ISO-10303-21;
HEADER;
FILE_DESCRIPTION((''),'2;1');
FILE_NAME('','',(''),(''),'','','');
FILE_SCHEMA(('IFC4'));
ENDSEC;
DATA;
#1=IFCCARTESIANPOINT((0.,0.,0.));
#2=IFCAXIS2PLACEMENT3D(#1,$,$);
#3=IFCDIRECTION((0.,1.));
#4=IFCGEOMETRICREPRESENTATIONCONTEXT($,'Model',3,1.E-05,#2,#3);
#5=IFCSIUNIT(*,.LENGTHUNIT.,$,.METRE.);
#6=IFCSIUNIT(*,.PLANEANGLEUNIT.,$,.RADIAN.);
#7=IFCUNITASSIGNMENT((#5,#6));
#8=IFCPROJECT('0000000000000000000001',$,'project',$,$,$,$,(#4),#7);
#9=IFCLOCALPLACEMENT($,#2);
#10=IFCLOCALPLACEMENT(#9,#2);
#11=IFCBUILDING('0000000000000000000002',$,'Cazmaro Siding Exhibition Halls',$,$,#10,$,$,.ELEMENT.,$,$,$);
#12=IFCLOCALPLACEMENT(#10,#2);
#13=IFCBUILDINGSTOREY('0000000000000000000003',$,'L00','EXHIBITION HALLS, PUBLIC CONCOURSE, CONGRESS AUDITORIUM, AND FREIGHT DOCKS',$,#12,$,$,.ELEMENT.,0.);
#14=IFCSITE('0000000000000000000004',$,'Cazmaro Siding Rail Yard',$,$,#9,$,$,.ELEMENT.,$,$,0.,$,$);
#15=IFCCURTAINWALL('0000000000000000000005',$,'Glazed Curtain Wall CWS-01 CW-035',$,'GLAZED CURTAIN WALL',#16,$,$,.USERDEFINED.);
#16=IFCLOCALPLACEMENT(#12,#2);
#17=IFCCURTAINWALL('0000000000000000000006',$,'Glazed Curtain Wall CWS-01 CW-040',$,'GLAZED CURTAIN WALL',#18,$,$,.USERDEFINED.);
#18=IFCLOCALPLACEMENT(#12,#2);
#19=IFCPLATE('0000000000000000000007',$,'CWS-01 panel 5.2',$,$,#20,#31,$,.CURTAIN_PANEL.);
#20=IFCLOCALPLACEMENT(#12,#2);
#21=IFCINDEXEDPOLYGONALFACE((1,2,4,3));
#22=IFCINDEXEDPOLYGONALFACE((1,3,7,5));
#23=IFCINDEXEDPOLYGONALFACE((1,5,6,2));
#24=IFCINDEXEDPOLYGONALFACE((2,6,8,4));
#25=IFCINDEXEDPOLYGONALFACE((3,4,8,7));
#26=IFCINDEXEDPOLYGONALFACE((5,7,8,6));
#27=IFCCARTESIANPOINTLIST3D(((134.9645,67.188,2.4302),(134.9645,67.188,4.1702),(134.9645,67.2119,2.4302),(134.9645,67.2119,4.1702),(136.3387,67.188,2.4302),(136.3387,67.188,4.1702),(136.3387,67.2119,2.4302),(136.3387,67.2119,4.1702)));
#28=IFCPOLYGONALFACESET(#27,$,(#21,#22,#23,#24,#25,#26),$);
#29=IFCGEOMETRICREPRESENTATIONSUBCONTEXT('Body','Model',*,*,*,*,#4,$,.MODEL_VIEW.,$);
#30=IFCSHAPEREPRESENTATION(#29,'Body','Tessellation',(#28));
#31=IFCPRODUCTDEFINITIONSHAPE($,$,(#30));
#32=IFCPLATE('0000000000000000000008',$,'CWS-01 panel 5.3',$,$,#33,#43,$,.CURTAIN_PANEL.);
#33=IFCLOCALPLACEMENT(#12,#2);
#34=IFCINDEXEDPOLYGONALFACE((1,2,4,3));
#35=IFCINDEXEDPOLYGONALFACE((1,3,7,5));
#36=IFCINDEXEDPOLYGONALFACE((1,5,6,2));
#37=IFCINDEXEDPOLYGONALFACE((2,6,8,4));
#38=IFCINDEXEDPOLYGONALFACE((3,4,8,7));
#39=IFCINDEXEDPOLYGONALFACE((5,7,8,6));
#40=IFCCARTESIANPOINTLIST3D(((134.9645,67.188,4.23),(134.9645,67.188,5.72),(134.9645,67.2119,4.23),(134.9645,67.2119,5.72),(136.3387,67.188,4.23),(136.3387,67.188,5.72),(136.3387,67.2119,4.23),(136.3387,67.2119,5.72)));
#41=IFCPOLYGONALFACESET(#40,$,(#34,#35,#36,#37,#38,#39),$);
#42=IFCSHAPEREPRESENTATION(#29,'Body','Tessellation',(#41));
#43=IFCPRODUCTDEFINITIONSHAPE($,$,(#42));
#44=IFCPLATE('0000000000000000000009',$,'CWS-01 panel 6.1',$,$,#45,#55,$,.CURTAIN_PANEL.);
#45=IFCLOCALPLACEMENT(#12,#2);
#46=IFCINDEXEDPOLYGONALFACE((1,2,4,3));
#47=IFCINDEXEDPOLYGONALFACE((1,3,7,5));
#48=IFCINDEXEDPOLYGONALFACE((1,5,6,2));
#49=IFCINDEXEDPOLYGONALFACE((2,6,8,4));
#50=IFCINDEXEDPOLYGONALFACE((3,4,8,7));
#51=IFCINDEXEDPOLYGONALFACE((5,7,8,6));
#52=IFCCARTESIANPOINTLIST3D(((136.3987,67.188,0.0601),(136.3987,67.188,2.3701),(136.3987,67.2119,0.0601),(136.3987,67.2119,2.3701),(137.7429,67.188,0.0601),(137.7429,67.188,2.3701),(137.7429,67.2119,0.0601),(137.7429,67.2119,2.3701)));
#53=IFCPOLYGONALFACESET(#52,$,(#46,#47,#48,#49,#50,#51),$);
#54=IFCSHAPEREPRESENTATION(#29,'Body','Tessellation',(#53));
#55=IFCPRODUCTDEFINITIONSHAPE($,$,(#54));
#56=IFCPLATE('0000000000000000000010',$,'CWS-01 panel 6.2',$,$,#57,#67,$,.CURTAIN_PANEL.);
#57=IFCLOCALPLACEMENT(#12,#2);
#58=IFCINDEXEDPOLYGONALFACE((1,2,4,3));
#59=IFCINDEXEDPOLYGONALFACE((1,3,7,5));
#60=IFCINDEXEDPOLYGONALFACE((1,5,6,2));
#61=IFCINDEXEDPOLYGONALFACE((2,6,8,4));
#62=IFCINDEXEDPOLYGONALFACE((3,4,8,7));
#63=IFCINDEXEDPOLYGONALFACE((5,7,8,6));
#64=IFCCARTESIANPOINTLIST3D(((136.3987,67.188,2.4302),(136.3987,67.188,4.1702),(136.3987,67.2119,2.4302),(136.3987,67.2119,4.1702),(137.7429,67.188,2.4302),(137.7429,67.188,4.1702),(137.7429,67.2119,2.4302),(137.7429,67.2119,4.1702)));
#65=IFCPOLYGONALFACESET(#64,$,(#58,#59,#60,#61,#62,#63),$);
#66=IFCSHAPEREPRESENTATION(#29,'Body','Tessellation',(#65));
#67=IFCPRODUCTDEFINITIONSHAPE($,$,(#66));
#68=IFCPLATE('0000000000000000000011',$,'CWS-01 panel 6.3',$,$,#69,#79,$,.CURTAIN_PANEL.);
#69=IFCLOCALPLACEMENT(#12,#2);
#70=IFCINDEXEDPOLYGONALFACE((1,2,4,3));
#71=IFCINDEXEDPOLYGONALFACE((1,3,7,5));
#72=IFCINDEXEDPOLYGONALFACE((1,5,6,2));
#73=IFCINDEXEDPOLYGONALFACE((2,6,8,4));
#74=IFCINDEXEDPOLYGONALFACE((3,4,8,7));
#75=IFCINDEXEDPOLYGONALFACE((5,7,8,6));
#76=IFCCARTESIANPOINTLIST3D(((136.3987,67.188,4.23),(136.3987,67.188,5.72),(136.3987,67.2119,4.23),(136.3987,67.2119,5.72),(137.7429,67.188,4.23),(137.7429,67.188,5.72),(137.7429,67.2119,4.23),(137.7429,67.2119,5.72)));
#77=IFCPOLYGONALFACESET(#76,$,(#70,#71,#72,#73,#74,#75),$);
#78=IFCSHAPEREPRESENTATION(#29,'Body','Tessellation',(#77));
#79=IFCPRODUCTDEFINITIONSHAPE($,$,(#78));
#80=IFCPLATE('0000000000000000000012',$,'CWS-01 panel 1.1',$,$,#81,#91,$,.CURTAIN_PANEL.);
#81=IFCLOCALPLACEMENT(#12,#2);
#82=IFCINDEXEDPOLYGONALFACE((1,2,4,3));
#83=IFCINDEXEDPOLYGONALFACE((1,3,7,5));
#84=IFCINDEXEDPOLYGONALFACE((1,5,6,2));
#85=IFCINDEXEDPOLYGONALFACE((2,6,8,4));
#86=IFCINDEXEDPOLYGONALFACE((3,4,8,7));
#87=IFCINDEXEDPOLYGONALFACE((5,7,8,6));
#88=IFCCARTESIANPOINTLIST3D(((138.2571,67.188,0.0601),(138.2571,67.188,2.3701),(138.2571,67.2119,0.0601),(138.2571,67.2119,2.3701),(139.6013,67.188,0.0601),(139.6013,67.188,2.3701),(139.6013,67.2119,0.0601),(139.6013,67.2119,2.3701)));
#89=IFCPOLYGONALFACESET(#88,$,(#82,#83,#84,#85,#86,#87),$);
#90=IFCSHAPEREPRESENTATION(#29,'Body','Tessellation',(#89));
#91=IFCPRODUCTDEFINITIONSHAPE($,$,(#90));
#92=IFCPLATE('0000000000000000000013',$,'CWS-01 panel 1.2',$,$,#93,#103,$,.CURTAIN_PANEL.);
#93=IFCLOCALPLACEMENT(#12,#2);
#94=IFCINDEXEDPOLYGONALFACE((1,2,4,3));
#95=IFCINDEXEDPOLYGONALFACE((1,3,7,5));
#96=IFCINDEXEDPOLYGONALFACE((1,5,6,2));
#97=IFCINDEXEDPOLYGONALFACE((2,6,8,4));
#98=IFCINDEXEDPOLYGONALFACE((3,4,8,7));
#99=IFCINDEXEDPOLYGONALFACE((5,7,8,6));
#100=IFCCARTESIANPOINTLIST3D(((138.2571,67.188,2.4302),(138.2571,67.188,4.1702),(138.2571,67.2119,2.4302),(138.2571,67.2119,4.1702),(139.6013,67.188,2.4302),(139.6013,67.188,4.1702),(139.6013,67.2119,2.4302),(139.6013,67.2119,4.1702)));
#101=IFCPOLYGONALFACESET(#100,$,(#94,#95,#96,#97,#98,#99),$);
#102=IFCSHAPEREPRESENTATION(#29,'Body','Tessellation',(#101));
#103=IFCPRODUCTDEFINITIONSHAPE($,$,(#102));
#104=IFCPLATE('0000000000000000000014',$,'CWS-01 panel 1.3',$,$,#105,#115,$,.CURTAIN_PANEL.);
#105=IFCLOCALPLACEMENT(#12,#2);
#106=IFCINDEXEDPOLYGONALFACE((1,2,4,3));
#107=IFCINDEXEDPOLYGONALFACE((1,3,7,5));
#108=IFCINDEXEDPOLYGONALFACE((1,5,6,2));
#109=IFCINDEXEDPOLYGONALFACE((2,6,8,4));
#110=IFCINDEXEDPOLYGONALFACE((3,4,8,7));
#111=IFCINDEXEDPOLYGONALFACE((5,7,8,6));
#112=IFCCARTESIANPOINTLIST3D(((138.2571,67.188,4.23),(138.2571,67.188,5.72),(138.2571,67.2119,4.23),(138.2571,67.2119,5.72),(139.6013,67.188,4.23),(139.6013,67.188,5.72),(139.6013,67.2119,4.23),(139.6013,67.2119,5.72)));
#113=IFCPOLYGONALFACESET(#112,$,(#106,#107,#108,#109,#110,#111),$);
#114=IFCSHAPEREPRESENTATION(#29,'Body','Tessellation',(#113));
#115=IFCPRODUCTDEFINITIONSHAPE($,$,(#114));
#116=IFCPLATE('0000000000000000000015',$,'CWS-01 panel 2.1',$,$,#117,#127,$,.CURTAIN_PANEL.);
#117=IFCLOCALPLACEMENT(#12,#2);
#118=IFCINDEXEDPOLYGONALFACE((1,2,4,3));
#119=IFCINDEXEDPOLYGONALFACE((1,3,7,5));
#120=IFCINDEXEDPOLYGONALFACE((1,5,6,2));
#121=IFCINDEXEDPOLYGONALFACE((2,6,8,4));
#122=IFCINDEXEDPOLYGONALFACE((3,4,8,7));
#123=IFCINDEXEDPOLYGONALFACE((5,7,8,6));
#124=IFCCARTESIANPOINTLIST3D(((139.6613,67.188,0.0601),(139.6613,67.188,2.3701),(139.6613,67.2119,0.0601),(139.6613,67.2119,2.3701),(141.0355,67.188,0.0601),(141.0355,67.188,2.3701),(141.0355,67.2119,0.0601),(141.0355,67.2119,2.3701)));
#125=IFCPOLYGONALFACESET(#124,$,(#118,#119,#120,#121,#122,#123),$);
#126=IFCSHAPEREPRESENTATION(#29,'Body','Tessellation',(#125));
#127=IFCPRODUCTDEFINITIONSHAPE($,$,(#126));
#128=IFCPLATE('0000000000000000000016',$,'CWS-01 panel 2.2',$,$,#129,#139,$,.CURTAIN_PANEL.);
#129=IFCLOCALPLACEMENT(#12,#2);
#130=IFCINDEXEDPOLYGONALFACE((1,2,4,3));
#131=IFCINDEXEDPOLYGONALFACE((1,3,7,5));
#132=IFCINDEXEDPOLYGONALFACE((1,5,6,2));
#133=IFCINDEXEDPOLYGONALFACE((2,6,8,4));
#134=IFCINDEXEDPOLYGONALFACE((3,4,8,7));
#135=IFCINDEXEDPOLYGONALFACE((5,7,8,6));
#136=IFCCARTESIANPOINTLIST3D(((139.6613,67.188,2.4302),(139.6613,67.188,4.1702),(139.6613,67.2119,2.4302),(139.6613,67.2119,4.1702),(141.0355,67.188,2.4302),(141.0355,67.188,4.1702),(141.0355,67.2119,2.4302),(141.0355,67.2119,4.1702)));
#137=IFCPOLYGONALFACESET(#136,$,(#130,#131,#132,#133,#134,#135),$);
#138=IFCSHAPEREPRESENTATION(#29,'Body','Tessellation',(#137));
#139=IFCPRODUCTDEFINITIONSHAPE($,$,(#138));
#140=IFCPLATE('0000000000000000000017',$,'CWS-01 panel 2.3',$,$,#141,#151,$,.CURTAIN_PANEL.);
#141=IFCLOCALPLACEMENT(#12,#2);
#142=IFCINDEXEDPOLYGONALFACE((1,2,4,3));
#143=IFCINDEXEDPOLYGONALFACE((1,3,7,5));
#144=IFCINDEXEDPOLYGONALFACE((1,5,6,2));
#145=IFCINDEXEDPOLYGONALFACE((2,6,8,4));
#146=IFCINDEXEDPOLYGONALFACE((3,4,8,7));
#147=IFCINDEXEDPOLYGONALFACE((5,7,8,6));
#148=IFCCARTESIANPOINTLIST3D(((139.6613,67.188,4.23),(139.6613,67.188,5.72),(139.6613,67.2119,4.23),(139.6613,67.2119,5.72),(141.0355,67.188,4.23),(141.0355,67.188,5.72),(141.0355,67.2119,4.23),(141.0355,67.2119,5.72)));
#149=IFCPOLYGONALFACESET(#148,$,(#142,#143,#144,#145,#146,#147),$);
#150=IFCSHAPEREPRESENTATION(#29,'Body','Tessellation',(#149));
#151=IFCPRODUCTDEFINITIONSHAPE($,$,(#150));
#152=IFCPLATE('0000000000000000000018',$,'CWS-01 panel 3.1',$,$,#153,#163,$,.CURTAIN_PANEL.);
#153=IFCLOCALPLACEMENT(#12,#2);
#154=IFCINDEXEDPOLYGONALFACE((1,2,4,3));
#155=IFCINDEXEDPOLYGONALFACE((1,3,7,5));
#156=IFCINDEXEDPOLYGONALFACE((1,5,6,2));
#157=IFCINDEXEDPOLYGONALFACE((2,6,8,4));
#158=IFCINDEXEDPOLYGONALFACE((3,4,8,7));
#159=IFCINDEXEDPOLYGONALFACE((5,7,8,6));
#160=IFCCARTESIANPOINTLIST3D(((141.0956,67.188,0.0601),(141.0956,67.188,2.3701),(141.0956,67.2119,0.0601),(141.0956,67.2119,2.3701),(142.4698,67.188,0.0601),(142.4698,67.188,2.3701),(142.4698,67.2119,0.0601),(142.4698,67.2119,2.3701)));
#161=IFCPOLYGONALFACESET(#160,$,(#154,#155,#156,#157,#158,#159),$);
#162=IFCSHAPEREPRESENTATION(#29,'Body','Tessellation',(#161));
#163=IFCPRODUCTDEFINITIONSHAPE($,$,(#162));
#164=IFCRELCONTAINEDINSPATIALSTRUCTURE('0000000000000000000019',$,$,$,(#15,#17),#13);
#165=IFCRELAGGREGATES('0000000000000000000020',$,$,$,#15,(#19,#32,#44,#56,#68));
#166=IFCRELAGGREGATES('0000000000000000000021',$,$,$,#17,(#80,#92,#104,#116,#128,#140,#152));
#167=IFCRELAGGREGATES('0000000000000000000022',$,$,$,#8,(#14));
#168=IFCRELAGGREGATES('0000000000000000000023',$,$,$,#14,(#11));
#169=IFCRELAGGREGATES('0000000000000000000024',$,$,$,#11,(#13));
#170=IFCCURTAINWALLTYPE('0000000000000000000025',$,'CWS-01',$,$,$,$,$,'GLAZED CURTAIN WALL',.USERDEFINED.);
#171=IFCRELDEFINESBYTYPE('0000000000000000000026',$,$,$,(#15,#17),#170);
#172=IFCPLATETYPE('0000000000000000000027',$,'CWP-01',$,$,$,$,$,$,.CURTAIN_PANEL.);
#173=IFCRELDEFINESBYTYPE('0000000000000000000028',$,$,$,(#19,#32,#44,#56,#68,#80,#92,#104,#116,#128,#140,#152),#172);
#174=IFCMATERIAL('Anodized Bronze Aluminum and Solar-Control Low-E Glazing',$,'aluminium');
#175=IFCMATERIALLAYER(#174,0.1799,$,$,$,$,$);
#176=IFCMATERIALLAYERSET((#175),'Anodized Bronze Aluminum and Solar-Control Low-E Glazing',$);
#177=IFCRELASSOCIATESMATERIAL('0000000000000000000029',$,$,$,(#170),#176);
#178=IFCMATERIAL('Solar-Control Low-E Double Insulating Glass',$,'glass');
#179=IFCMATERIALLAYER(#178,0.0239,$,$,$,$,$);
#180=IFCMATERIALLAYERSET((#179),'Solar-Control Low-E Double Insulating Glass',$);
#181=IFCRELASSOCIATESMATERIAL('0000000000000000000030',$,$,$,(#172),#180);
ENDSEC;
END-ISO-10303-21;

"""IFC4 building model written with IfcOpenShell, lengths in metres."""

from ifc_helpers import new_model, si_unit, direction, frame, origin, origin_2d, place, context, subcontext, project, spatial, rectangle, extrude, material, layer, layer_set, type_object, element, aggregate, save


model = new_model("IFC4")

# Units and contexts
model_context = context("Model", 3, precision=1e-05, world=origin(), true_north=direction((0.0, 1.0)))
body_context = subcontext(model_context, "Body", "Model", "MODEL_VIEW")
ifc_project = project(units=[si_unit("LENGTHUNIT", "METRE"), si_unit("PLANEANGLEUNIT", "RADIAN")], contexts=[model_context])

# Site, building, storey
site_placement = place(None, origin())
site = spatial("IfcSite", under=ifc_project, at=site_placement, Name="Cazmaro Siding Rail Yard", CompositionType="ELEMENT", RefElevation=0.0)
building_placement = place(site_placement, origin())
building = spatial("IfcBuilding", under=site, at=building_placement, Name="Cazmaro Siding Exhibition Halls", CompositionType="ELEMENT")
storey_placement = place(building_placement, origin())
storey = spatial("IfcBuildingStorey", under=building, at=storey_placement, Name="L00", Description="EXHIBITION HALLS, PUBLIC CONCOURSE, CONGRESS AUDITORIUM, AND FREIGHT DOCKS", CompositionType="ELEMENT", Elevation=0.0)

# Curtain walls
ifc_material_1 = material(Name="Anodized Bronze Aluminum and Solar-Control Low-E Glazing", Category="aluminium")
ifc_layer_1 = layer(ifc_material_1, 0.1799)
ifc_layer_set_1 = layer_set([ifc_layer_1], Name="Anodized Bronze Aluminum and Solar-Control Low-E Glazing")
curtain_wall_type = type_object("IfcCurtainWallType", Name="CWS-01", ElementType="GLAZED CURTAIN WALL", PredefinedType="USERDEFINED", material=ifc_layer_set_1)
curtain_wall_1_placement = place(storey_placement, origin())
curtain_wall_1 = element("IfcCurtainWall", 1, at=curtain_wall_1_placement, inside=storey, type_object=curtain_wall_type, Name="Glazed Curtain Wall CWS-01 CW-035", ObjectType="GLAZED CURTAIN WALL", PredefinedType="USERDEFINED")
curtain_wall_2_placement = place(storey_placement, origin())
curtain_wall_2 = element("IfcCurtainWall", 2, at=curtain_wall_2_placement, inside=storey, type_object=curtain_wall_type, Name="Glazed Curtain Wall CWS-01 CW-040", ObjectType="GLAZED CURTAIN WALL", PredefinedType="USERDEFINED")

# Plates
ifc_material_2 = material(Name="Solar-Control Low-E Double Insulating Glass", Category="glass")
ifc_layer_2 = layer(ifc_material_2, 0.0239)
ifc_layer_set_2 = layer_set([ifc_layer_2], Name="Solar-Control Low-E Double Insulating Glass")
plate_type = type_object("IfcPlateType", Name="CWP-01", PredefinedType="CURTAIN_PANEL", material=ifc_layer_set_2)
plate_1_placement = place(storey_placement, frame((135.6516, 67.2, 2.4302), z_axis=(0.0, 0.0, 1.0), x_axis=(1.0, 0.0, 0.0)))
plate_1 = element("IfcPlate", 3, at=plate_1_placement, type_object=plate_type, Name="CWS-01 panel 5.2", PredefinedType="CURTAIN_PANEL", context=body_context, shape_type="SweptSolid", body=[
    extrude(rectangle(XDim=1.3743, YDim=0.0239, at=origin_2d()), origin(), (0.0, 0.0, 1.0), 1.74),
])
plate_2_placement = place(storey_placement, frame((135.6516, 67.2, 4.23), z_axis=(0.0, 0.0, 1.0), x_axis=(1.0, 0.0, 0.0)))
plate_2 = element("IfcPlate", 4, at=plate_2_placement, type_object=plate_type, Name="CWS-01 panel 5.3", PredefinedType="CURTAIN_PANEL", context=body_context, shape_type="SweptSolid", body=[
    extrude(rectangle(XDim=1.3743, YDim=0.0239, at=origin_2d()), origin(), (0.0, 0.0, 1.0), 1.49),
])
plate_3_placement = place(storey_placement, frame((137.0708, 67.2, 0.0601), z_axis=(0.0, 0.0, 1.0), x_axis=(1.0, 0.0, 0.0)))
plate_3 = element("IfcPlate", 5, at=plate_3_placement, type_object=plate_type, Name="CWS-01 panel 6.1", PredefinedType="CURTAIN_PANEL", context=body_context, shape_type="SweptSolid", body=[
    extrude(rectangle(XDim=1.3442, YDim=0.0239, at=origin_2d()), origin(), (0.0, 0.0, 1.0), 2.3101),
])
plate_4_placement = place(storey_placement, frame((137.0708, 67.2, 2.4302), z_axis=(0.0, 0.0, 1.0), x_axis=(1.0, 0.0, 0.0)))
plate_4 = element("IfcPlate", 6, at=plate_4_placement, type_object=plate_type, Name="CWS-01 panel 6.2", PredefinedType="CURTAIN_PANEL", context=body_context, shape_type="SweptSolid", body=[
    extrude(rectangle(XDim=1.3442, YDim=0.0239, at=origin_2d()), origin(), (0.0, 0.0, 1.0), 1.74),
])
plate_5_placement = place(storey_placement, frame((137.0708, 67.2, 4.23), z_axis=(0.0, 0.0, 1.0), x_axis=(1.0, 0.0, 0.0)))
plate_5 = element("IfcPlate", 7, at=plate_5_placement, type_object=plate_type, Name="CWS-01 panel 6.3", PredefinedType="CURTAIN_PANEL", context=body_context, shape_type="SweptSolid", body=[
    extrude(rectangle(XDim=1.3442, YDim=0.0239, at=origin_2d()), origin(), (0.0, 0.0, 1.0), 1.49),
])
aggregate(curtain_wall_1, [plate_1, plate_2, plate_3, plate_4, plate_5])
plate_6_placement = place(storey_placement, frame((138.9292, 67.2, 0.0601), z_axis=(0.0, 0.0, 1.0), x_axis=(1.0, 0.0, 0.0)))
plate_6 = element("IfcPlate", 8, at=plate_6_placement, type_object=plate_type, Name="CWS-01 panel 1.1", PredefinedType="CURTAIN_PANEL", context=body_context, shape_type="SweptSolid", body=[
    extrude(rectangle(XDim=1.3442, YDim=0.0239, at=origin_2d()), origin(), (0.0, 0.0, 1.0), 2.3101),
])
plate_7_placement = place(storey_placement, frame((138.9292, 67.2, 2.4302), z_axis=(0.0, 0.0, 1.0), x_axis=(1.0, 0.0, 0.0)))
plate_7 = element("IfcPlate", 9, at=plate_7_placement, type_object=plate_type, Name="CWS-01 panel 1.2", PredefinedType="CURTAIN_PANEL", context=body_context, shape_type="SweptSolid", body=[
    extrude(rectangle(XDim=1.3442, YDim=0.0239, at=origin_2d()), origin(), (0.0, 0.0, 1.0), 1.74),
])
plate_8_placement = place(storey_placement, frame((138.9292, 67.2, 4.23), z_axis=(0.0, 0.0, 1.0), x_axis=(1.0, 0.0, 0.0)))
plate_8 = element("IfcPlate", 10, at=plate_8_placement, type_object=plate_type, Name="CWS-01 panel 1.3", PredefinedType="CURTAIN_PANEL", context=body_context, shape_type="SweptSolid", body=[
    extrude(rectangle(XDim=1.3442, YDim=0.0239, at=origin_2d()), origin(), (0.0, 0.0, 1.0), 1.49),
])
plate_9_placement = place(storey_placement, frame((140.3484, 67.2, 0.0601), z_axis=(0.0, 0.0, 1.0), x_axis=(1.0, 0.0, 0.0)))
plate_9 = element("IfcPlate", 11, at=plate_9_placement, type_object=plate_type, Name="CWS-01 panel 2.1", PredefinedType="CURTAIN_PANEL", context=body_context, shape_type="SweptSolid", body=[
    extrude(rectangle(XDim=1.3743, YDim=0.0239, at=origin_2d()), origin(), (0.0, 0.0, 1.0), 2.3101),
])
plate_10_placement = place(storey_placement, frame((140.3484, 67.2, 2.4302), z_axis=(0.0, 0.0, 1.0), x_axis=(1.0, 0.0, 0.0)))
plate_10 = element("IfcPlate", 12, at=plate_10_placement, type_object=plate_type, Name="CWS-01 panel 2.2", PredefinedType="CURTAIN_PANEL", context=body_context, shape_type="SweptSolid", body=[
    extrude(rectangle(XDim=1.3743, YDim=0.0239, at=origin_2d()), origin(), (0.0, 0.0, 1.0), 1.74),
])
plate_11_placement = place(storey_placement, frame((140.3484, 67.2, 4.23), z_axis=(0.0, 0.0, 1.0), x_axis=(1.0, 0.0, 0.0)))
plate_11 = element("IfcPlate", 13, at=plate_11_placement, type_object=plate_type, Name="CWS-01 panel 2.3", PredefinedType="CURTAIN_PANEL", context=body_context, shape_type="SweptSolid", body=[
    extrude(rectangle(XDim=1.3743, YDim=0.0239, at=origin_2d()), origin(), (0.0, 0.0, 1.0), 1.49),
])
plate_12_placement = place(storey_placement, frame((141.7827, 67.2, 0.0601), z_axis=(0.0, 0.0, 1.0), x_axis=(1.0, 0.0, 0.0)))
plate_12 = element("IfcPlate", 14, at=plate_12_placement, type_object=plate_type, Name="CWS-01 panel 3.1", PredefinedType="CURTAIN_PANEL", context=body_context, shape_type="SweptSolid", body=[
    extrude(rectangle(XDim=1.3743, YDim=0.0239, at=origin_2d()), origin(), (0.0, 0.0, 1.0), 2.3101),
])
aggregate(curtain_wall_2, [plate_6, plate_7, plate_8, plate_9, plate_10, plate_11, plate_12])

save(model, "model.ifc")
